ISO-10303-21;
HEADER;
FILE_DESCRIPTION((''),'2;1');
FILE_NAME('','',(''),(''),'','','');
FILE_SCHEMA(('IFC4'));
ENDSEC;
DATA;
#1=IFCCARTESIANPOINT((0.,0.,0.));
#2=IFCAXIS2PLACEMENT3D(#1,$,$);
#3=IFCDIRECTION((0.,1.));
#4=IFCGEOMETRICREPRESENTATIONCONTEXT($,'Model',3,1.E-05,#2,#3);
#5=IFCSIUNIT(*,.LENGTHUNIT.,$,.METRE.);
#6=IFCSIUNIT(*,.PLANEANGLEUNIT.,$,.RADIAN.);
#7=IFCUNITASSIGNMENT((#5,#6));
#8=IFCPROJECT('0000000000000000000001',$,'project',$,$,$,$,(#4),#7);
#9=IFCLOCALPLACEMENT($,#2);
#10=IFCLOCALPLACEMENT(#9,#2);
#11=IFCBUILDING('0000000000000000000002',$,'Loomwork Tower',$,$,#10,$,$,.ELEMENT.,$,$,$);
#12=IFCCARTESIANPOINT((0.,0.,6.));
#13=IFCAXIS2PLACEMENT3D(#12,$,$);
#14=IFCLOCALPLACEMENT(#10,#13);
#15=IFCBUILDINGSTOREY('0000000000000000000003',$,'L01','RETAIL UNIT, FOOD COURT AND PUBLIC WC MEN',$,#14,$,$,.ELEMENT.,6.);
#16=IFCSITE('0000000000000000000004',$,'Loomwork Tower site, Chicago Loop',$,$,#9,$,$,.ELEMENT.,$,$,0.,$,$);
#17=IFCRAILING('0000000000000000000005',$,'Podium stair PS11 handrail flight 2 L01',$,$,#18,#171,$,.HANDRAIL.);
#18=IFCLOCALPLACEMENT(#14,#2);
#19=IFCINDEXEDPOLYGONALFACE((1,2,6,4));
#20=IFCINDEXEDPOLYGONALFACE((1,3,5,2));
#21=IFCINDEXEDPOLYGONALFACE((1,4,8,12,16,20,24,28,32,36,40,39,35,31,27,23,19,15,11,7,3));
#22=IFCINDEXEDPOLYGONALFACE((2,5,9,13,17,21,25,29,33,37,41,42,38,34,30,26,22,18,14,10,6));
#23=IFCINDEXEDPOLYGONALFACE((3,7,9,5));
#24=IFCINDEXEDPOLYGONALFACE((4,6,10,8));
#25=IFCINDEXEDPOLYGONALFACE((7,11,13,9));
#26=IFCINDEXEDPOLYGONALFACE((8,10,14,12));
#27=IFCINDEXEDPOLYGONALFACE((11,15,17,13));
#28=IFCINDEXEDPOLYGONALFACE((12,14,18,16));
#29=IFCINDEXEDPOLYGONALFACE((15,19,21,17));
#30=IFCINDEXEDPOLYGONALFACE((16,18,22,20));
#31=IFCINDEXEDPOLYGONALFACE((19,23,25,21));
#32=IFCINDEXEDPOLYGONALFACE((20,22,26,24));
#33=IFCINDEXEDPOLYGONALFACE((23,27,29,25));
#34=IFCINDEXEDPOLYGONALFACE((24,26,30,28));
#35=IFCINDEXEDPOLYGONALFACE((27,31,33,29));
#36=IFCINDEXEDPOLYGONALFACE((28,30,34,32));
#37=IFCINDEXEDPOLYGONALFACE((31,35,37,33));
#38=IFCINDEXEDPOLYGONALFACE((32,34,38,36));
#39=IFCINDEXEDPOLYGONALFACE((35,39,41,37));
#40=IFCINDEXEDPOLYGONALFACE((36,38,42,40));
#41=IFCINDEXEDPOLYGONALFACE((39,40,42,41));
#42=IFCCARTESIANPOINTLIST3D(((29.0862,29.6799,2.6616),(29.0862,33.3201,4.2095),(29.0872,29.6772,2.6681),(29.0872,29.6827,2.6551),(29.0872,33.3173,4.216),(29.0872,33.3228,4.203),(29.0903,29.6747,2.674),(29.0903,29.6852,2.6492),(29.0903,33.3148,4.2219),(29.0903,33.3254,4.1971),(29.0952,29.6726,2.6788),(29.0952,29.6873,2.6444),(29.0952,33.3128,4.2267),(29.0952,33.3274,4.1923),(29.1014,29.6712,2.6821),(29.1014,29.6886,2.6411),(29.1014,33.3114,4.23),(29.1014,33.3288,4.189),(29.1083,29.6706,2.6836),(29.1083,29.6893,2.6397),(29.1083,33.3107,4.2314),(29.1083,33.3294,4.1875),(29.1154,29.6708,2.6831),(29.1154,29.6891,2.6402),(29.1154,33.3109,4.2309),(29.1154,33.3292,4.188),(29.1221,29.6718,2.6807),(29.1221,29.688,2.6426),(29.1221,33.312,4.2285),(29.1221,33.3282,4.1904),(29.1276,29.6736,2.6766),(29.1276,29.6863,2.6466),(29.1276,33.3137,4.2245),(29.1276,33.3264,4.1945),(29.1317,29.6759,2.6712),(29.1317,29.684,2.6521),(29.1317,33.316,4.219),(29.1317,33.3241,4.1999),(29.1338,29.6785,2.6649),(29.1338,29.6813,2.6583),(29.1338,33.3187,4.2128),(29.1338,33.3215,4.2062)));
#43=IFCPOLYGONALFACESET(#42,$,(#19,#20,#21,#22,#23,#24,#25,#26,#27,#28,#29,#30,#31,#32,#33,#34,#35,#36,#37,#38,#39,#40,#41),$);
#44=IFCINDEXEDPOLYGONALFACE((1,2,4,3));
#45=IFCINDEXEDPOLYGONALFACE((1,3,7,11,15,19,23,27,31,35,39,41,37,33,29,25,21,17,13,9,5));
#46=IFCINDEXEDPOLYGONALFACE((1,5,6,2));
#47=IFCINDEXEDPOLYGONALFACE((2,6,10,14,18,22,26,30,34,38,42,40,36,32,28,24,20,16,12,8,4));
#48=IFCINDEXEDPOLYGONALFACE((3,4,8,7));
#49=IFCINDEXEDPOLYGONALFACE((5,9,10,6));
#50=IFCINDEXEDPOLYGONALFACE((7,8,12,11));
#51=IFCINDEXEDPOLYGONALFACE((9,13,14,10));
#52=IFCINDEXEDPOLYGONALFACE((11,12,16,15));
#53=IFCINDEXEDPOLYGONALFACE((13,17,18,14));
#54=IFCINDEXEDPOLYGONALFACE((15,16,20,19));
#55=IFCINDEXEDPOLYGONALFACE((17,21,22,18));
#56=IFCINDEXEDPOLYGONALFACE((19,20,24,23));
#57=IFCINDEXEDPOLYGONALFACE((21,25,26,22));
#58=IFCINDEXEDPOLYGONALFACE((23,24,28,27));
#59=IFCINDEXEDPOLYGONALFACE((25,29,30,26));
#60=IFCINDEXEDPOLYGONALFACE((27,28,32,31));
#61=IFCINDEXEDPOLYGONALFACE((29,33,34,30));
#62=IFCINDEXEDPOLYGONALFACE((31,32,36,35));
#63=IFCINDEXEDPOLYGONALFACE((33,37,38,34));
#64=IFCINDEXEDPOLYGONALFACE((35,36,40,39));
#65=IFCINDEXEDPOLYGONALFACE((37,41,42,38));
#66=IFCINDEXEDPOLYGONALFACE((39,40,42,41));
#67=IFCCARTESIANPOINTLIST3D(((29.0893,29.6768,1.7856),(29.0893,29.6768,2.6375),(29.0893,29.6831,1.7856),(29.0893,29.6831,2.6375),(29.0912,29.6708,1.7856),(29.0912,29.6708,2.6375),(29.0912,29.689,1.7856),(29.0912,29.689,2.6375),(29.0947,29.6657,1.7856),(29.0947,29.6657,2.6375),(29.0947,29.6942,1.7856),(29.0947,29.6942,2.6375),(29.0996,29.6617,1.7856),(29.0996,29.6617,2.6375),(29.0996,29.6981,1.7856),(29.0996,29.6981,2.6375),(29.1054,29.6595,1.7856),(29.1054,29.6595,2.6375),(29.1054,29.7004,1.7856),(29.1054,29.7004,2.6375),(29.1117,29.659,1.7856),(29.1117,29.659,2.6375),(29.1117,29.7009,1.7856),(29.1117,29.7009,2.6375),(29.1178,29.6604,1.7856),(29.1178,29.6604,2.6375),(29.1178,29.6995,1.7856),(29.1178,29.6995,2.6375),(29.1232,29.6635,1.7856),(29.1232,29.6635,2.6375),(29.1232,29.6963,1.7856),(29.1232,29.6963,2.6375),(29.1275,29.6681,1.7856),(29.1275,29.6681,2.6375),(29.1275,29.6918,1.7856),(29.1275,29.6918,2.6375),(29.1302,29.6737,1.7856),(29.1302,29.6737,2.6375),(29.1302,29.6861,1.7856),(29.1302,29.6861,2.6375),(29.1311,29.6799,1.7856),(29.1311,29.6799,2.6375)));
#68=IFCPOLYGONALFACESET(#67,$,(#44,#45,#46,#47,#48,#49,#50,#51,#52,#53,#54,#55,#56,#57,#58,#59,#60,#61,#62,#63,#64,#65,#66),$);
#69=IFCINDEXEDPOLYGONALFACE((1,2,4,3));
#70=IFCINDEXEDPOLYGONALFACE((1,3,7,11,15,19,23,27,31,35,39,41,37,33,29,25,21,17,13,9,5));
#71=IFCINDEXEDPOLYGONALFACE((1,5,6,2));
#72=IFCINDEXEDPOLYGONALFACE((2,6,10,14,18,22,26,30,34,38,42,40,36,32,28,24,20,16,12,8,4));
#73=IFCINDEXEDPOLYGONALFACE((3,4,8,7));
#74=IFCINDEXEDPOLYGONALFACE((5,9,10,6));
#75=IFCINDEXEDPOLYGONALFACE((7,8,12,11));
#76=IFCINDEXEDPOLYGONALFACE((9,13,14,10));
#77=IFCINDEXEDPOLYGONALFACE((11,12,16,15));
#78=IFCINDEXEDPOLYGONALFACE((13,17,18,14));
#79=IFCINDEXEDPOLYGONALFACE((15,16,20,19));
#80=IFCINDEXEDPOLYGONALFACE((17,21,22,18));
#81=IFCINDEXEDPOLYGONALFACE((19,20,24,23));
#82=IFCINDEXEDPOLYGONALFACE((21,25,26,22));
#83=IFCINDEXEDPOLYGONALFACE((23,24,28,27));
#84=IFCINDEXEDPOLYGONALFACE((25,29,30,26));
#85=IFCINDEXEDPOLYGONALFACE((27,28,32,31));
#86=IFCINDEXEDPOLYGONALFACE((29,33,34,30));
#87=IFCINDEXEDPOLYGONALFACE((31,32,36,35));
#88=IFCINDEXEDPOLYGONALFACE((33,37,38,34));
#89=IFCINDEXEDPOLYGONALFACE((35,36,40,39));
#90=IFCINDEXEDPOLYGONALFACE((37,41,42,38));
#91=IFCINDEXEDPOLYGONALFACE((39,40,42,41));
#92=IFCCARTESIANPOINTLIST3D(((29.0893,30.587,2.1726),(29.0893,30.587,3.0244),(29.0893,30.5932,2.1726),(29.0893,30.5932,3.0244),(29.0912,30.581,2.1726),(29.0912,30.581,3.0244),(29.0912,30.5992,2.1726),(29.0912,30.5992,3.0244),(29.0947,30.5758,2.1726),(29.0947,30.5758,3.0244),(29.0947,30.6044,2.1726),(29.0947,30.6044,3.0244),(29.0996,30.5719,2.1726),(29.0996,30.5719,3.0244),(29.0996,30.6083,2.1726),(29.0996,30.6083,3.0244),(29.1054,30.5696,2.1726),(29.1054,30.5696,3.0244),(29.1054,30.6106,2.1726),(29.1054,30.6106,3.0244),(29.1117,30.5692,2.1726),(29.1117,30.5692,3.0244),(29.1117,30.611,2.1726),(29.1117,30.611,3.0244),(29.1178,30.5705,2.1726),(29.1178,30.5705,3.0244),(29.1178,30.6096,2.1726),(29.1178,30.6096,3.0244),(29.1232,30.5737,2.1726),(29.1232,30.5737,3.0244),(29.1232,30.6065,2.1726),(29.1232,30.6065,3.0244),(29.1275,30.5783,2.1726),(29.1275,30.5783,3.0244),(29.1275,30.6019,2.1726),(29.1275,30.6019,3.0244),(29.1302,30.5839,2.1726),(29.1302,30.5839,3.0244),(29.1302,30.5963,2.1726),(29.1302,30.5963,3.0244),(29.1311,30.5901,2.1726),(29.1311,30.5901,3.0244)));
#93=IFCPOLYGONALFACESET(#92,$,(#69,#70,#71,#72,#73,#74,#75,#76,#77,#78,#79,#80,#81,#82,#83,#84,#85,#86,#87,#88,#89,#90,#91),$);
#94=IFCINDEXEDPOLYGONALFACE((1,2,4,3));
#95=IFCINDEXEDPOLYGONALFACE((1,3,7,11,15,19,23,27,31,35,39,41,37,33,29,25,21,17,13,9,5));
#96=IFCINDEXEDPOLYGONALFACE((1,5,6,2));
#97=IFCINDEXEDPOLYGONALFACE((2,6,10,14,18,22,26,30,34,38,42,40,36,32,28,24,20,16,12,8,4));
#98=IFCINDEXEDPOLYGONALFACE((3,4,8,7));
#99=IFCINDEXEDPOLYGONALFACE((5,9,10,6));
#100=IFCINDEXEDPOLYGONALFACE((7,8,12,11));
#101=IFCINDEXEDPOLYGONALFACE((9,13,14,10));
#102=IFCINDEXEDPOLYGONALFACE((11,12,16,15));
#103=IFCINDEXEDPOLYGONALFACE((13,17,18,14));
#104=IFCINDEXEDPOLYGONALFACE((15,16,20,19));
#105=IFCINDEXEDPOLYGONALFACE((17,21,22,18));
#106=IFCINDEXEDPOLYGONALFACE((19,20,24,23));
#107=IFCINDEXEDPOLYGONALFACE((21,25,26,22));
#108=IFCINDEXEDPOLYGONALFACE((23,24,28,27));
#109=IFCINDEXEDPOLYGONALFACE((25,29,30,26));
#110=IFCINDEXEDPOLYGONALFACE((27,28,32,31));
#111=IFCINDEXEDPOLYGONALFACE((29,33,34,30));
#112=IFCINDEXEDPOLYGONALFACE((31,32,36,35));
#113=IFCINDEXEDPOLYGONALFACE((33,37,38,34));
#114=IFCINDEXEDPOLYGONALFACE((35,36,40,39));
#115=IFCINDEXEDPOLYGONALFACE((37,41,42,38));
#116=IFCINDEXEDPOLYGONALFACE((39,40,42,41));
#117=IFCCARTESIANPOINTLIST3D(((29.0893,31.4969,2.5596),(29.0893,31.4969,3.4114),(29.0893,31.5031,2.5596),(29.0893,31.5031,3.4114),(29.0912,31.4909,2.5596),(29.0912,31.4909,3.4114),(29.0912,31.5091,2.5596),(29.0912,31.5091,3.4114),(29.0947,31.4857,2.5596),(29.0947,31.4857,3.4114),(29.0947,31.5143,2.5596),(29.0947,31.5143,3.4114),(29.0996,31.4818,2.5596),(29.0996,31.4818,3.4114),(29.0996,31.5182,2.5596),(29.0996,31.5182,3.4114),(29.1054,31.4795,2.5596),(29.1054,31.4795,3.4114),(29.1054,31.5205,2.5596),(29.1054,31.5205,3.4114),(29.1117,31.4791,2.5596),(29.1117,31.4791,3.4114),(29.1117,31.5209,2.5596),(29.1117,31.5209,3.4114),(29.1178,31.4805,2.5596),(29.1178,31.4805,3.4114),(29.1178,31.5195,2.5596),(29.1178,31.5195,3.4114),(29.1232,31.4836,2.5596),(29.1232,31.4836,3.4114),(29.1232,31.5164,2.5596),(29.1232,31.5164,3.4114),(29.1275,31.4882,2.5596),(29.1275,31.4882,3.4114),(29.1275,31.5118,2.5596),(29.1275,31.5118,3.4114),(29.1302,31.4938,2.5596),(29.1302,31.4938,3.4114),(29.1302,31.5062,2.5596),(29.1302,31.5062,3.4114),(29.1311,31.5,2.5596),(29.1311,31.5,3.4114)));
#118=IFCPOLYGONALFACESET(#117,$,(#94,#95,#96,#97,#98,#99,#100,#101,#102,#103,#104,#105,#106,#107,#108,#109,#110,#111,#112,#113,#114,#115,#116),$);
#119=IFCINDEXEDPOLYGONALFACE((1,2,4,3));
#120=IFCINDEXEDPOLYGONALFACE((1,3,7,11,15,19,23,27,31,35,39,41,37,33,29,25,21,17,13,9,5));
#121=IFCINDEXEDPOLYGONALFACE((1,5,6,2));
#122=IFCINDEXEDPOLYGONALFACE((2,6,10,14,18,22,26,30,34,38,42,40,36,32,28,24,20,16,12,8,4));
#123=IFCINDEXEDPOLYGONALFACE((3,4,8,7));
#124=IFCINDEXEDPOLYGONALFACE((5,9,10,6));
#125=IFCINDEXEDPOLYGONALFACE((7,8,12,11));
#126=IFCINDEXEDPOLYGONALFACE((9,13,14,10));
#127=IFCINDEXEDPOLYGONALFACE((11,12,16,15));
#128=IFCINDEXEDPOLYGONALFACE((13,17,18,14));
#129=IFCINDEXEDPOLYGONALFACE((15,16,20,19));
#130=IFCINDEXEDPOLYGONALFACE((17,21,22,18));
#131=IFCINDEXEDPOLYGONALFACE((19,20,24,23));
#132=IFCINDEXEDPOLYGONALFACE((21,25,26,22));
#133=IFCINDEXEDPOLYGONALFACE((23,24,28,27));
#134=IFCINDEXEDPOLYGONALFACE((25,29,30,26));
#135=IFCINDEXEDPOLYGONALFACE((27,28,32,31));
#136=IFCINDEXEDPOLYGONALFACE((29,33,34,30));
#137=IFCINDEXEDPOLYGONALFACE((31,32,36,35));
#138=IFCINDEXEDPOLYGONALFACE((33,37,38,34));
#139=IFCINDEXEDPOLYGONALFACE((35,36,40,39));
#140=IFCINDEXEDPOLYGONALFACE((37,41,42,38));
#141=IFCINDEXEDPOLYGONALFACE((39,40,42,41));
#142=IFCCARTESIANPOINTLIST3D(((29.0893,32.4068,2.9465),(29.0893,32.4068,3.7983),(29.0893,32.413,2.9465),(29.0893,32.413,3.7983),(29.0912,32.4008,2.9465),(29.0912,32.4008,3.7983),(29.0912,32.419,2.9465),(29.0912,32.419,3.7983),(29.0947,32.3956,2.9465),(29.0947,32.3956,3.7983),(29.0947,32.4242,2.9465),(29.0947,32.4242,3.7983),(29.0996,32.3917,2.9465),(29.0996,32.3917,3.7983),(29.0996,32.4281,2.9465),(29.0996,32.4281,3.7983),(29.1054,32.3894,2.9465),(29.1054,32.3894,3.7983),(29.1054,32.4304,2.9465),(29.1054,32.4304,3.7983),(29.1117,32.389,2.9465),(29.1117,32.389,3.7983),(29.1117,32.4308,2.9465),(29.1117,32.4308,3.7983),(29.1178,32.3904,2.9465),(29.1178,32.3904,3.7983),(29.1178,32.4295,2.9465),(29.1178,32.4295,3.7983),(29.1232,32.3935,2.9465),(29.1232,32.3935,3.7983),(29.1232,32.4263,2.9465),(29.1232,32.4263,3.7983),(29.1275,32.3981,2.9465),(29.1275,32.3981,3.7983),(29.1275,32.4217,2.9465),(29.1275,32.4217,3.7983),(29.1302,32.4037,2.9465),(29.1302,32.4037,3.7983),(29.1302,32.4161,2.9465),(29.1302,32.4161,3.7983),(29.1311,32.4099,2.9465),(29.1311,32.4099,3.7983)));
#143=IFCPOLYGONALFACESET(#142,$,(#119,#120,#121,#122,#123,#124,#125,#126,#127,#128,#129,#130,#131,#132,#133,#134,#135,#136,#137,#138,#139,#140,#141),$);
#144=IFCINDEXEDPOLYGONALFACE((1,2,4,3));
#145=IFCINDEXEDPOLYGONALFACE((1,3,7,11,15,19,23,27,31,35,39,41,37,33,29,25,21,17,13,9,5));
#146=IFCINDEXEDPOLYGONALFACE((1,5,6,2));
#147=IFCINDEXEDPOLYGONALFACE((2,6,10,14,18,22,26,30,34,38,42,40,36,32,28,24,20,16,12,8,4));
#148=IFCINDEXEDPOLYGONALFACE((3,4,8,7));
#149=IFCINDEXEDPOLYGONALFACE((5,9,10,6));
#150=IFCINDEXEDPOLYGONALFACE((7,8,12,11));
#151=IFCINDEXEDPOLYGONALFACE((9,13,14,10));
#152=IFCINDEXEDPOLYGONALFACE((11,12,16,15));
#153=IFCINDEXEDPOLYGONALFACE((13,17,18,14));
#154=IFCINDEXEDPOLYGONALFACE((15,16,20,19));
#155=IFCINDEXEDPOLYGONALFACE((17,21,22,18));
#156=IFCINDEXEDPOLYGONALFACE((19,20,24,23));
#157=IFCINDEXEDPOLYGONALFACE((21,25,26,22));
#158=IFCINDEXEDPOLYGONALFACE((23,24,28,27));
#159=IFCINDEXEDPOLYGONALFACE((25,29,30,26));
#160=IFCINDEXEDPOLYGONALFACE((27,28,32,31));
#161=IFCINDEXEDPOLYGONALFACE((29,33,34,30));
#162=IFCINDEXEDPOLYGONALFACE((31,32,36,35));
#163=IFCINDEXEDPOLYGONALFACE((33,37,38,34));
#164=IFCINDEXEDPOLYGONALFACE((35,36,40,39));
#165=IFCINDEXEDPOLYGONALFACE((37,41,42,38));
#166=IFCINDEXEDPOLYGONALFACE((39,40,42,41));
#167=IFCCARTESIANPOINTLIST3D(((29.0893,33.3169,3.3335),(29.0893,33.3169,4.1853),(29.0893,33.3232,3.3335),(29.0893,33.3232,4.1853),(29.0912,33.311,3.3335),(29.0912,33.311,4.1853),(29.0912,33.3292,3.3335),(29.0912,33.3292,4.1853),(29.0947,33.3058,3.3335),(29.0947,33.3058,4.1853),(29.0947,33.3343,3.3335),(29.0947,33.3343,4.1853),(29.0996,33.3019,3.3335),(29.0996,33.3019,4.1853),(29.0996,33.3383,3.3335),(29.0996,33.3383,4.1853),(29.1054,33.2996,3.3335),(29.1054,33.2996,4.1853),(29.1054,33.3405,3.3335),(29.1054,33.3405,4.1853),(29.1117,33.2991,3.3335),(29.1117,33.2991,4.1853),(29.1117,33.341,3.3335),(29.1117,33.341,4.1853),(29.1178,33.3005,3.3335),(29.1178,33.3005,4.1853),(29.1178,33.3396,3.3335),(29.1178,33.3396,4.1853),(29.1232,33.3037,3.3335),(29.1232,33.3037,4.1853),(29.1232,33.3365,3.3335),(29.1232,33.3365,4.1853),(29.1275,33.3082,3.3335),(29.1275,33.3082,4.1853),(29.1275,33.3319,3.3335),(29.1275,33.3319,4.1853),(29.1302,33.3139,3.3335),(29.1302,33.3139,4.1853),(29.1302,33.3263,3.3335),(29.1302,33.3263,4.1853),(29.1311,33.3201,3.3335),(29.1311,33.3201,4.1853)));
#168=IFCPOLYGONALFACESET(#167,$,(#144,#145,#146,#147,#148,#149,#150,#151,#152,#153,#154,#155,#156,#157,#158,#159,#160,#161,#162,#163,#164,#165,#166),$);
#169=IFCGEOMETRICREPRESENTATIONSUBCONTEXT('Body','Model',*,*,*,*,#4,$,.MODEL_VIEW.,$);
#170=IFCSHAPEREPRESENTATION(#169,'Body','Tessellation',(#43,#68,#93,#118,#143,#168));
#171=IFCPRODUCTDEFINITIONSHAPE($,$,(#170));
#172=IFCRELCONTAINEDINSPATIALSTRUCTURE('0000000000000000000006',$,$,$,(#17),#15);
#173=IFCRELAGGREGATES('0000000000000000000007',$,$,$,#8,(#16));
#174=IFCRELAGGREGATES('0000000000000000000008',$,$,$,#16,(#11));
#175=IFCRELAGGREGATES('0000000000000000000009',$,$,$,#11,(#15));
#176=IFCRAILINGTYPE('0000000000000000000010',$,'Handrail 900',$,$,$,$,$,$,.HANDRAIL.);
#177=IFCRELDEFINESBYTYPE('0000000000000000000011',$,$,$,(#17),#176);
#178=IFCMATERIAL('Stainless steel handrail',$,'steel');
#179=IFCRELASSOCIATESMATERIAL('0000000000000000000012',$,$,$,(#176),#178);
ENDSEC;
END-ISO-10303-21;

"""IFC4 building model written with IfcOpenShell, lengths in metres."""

from ifc_helpers import new_model, si_unit, direction, frame, origin, origin_2d, place, context, subcontext, project, spatial, circle, extrude, material, type_object, element, save


model = new_model("IFC4")

# Units and contexts
model_context = context("Model", 3, precision=1e-05, world=origin(), true_north=direction((0.0, 1.0)))
body_context = subcontext(model_context, "Body", "Model", "MODEL_VIEW")
ifc_project = project(units=[si_unit("LENGTHUNIT", "METRE"), si_unit("PLANEANGLEUNIT", "RADIAN")], contexts=[model_context])

# Site, building, storey
site_placement = place(None, origin())
site = spatial("IfcSite", under=ifc_project, at=site_placement, Name="Loomwork Tower site, Chicago Loop", CompositionType="ELEMENT", RefElevation=0.0)
building_placement = place(site_placement, origin())
building = spatial("IfcBuilding", under=site, at=building_placement, Name="Loomwork Tower", CompositionType="ELEMENT")
storey_placement = place(building_placement, frame((0.0, 0.0, 6.0)))
storey = spatial("IfcBuildingStorey", under=building, at=storey_placement, Name="L01", Description="RETAIL UNIT, FOOD COURT AND PUBLIC WC MEN", CompositionType="ELEMENT", Elevation=6.0)

# Railing
ifc_material_1 = material(Name="Stainless steel handrail", Category="steel")
railing_type = type_object("IfcRailingType", Name="Handrail 900", PredefinedType="HANDRAIL", material=ifc_material_1)
railing_1_placement = place(storey_placement, frame((29.1101, 29.6799, 1.7856)))
element("IfcRailing", 1, at=railing_1_placement, inside=storey, type_object=railing_type, Name="Podium stair PS11 handrail flight 2 L01", PredefinedType="HANDRAIL", context=body_context, shape_type="SweptSolid", body=[
    extrude(circle(Radius=0.0239, at=origin_2d()), frame((0.0, 0.0, 0.876), z_axis=(0.0, 0.920259, 0.391311), x_axis=(-1.0, 0.0, 0.0)), (0.0, 0.0, 1.0), 3.9556),
    extrude(circle(Radius=0.021, at=origin_2d()), origin(), (0.0, 0.0, 1.0), 0.8518),
    extrude(circle(Radius=0.021, at=origin_2d()), frame((0.0, 0.9102, 0.387)), (0.0, 0.0, 1.0), 0.8518),
    extrude(circle(Radius=0.021, at=origin_2d()), frame((0.0, 1.8201, 0.7739)), (0.0, 0.0, 1.0), 0.8518),
    extrude(circle(Radius=0.021, at=origin_2d()), frame((0.0, 2.73, 1.1609)), (0.0, 0.0, 1.0), 0.8518),
    extrude(circle(Radius=0.021, at=origin_2d()), frame((0.0, 3.6401, 1.5479)), (0.0, 0.0, 1.0), 0.8518),
])

save(model, "model.ifc")
